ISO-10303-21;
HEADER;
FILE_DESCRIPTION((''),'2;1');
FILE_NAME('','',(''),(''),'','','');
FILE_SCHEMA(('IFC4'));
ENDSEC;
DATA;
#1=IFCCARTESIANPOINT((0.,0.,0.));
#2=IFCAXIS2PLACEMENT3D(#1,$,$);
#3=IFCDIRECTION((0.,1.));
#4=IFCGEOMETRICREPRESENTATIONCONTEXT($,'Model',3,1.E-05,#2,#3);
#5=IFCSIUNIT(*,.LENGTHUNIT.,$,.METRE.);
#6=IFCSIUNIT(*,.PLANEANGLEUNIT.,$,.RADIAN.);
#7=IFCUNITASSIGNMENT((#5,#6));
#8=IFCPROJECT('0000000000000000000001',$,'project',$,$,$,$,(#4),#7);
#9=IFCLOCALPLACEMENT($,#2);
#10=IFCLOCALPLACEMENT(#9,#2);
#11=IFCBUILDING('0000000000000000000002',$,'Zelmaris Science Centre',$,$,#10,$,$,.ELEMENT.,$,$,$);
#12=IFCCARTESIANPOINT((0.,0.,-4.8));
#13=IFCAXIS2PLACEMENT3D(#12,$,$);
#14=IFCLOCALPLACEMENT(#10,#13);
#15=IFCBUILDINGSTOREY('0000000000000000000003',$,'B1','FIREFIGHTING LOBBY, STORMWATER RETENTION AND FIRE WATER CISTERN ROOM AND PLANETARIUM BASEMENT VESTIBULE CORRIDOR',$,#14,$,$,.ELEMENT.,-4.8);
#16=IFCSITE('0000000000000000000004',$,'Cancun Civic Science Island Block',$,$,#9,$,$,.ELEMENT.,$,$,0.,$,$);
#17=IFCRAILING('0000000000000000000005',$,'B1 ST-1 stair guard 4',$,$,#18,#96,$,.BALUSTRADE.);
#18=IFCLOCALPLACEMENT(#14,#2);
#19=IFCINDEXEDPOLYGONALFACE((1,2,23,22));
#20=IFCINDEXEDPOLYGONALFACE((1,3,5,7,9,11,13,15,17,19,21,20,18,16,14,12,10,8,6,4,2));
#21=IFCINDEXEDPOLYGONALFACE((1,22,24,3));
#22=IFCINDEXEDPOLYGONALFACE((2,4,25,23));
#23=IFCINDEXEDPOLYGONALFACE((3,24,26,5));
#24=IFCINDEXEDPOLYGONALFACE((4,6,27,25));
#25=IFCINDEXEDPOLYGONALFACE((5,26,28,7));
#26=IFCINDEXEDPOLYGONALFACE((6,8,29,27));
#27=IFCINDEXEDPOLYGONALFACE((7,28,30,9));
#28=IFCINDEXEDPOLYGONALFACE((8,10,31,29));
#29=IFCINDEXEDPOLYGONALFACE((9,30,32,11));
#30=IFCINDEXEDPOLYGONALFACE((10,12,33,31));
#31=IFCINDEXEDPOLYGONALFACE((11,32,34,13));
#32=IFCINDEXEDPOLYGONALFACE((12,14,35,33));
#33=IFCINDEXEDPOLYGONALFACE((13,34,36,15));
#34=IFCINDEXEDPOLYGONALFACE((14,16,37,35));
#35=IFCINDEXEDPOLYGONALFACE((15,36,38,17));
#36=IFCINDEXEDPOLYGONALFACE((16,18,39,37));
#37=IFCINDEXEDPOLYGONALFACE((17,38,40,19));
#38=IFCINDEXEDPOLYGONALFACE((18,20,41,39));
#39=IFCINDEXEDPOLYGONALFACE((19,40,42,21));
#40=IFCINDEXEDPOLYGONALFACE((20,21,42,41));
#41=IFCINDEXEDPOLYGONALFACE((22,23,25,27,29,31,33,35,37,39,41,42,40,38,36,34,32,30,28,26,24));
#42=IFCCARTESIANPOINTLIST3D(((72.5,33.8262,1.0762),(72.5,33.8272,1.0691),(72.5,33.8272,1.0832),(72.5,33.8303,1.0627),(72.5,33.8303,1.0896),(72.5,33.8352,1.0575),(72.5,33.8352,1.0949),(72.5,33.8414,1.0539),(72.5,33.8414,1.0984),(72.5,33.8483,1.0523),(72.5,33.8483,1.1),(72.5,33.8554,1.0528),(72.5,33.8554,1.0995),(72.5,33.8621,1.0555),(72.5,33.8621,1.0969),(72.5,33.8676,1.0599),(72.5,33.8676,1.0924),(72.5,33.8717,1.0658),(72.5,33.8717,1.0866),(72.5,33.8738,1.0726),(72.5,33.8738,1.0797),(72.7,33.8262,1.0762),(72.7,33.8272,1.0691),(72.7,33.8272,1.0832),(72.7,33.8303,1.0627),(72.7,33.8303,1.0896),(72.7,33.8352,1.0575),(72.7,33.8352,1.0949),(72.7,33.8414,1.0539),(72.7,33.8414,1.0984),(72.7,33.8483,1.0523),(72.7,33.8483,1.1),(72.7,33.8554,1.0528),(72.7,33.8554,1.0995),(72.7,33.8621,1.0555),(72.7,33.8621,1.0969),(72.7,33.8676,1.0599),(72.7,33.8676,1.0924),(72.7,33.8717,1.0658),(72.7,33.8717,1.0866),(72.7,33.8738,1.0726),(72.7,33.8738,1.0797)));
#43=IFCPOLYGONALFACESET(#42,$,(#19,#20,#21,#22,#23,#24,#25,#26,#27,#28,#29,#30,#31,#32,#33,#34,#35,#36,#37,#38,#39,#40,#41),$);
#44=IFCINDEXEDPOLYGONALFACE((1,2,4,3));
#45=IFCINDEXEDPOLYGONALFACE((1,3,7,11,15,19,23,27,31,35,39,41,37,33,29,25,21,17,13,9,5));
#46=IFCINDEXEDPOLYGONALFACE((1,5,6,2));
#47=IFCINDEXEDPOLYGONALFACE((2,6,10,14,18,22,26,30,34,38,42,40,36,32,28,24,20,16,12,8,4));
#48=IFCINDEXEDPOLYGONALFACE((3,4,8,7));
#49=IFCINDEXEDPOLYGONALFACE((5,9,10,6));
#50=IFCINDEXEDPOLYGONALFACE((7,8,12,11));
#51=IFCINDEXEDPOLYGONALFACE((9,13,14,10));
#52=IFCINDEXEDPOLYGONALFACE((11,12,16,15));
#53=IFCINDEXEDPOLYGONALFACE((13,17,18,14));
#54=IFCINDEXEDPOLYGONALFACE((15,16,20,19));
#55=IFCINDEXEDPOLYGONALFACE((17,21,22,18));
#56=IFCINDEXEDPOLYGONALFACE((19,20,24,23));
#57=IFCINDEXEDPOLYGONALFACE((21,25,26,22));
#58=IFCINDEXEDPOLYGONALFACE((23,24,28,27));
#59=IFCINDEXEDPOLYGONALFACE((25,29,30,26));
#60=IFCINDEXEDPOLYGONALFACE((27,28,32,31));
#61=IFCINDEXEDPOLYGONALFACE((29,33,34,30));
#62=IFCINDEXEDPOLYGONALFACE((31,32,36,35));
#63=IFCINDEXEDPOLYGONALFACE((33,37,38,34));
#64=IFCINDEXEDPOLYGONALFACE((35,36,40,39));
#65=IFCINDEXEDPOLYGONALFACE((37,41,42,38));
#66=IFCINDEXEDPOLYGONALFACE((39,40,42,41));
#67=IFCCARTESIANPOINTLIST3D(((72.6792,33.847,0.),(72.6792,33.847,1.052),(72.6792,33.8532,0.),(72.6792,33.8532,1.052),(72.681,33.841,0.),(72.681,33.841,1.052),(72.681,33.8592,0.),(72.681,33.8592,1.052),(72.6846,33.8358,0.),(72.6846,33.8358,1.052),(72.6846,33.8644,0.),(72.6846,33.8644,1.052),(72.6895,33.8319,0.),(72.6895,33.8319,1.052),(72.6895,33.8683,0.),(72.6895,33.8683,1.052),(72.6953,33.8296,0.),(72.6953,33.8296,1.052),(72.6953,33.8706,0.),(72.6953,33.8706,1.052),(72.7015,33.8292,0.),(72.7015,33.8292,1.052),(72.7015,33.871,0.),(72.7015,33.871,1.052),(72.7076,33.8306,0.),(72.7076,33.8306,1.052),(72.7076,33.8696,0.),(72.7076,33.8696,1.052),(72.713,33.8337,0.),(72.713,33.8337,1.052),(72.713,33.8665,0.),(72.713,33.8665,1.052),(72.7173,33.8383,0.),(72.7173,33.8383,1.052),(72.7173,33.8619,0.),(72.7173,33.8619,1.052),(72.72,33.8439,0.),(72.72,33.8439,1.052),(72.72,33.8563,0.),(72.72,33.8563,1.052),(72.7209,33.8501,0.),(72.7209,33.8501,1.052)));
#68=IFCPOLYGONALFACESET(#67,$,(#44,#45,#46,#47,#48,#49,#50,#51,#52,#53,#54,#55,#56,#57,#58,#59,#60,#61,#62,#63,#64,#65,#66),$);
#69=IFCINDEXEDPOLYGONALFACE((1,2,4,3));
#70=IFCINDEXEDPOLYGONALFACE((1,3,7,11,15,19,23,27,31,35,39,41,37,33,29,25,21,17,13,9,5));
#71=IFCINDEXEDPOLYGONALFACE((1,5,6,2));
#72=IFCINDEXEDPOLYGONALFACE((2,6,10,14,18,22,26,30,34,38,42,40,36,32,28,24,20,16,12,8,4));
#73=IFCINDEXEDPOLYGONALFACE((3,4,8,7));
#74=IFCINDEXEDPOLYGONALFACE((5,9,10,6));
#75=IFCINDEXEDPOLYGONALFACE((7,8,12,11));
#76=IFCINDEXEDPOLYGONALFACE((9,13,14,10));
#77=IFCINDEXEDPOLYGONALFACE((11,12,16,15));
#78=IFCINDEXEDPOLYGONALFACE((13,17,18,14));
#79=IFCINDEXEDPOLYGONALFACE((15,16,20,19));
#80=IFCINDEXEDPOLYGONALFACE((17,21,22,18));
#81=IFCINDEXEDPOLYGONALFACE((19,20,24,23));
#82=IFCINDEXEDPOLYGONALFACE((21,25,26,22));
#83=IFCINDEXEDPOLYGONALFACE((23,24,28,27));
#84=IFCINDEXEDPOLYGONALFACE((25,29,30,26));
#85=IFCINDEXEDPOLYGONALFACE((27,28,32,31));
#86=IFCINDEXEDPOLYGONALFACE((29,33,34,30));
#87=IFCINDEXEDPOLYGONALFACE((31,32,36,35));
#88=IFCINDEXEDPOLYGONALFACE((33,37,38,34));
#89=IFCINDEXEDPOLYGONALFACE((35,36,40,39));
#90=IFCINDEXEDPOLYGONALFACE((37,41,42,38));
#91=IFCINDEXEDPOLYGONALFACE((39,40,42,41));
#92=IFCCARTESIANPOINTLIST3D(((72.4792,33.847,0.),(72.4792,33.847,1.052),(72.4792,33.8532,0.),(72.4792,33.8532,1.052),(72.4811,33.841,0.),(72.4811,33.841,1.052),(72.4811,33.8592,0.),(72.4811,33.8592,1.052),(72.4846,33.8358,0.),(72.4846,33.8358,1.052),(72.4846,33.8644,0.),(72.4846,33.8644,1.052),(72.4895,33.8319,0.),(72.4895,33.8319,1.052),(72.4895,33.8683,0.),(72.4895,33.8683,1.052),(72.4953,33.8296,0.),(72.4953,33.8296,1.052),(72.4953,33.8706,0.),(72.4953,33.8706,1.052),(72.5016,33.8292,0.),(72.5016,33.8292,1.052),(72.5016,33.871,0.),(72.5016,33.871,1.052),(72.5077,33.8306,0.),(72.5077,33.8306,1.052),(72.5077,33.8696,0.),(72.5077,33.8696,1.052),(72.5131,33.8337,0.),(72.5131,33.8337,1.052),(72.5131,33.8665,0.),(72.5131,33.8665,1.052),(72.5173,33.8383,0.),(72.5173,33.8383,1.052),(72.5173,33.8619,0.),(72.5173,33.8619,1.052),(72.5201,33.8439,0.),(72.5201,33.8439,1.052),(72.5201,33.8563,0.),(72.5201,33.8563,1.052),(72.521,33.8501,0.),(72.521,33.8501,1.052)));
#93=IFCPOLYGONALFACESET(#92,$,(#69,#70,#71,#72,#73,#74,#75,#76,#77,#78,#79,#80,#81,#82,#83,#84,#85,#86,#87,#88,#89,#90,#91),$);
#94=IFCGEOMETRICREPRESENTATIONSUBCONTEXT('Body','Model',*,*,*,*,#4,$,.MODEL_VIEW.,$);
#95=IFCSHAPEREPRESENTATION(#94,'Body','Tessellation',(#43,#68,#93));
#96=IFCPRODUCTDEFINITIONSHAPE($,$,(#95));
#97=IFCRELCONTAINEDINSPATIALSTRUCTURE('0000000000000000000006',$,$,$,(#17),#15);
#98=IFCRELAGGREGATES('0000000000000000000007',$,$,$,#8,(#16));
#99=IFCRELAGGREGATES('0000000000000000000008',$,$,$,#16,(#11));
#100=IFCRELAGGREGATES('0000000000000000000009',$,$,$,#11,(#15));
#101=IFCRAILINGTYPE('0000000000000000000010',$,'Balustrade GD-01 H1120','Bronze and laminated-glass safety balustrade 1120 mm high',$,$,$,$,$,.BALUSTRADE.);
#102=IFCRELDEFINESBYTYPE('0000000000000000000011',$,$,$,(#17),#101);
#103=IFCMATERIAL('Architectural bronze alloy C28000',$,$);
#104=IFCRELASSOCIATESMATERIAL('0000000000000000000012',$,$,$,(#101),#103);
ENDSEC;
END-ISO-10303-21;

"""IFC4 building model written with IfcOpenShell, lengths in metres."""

from ifc_helpers import new_model, si_unit, direction, frame, origin, origin_2d, place, context, subcontext, project, spatial, circle, extrude, material, type_object, element, save


model = new_model("IFC4")

# Units and contexts
model_context = context("Model", 3, precision=1e-05, world=origin(), true_north=direction((0.0, 1.0)))
body_context = subcontext(model_context, "Body", "Model", "MODEL_VIEW")
ifc_project = project(units=[si_unit("LENGTHUNIT", "METRE"), si_unit("PLANEANGLEUNIT", "RADIAN")], contexts=[model_context])

# Site, building, storey
site_placement = place(None, origin())
site = spatial("IfcSite", under=ifc_project, at=site_placement, Name="Cancun Civic Science Island Block", CompositionType="ELEMENT", RefElevation=0.0)
building_placement = place(site_placement, origin())
building = spatial("IfcBuilding", under=site, at=building_placement, Name="Zelmaris Science Centre", CompositionType="ELEMENT")
storey_placement = place(building_placement, frame((0.0, 0.0, -4.8)))
storey = spatial("IfcBuildingStorey", under=building, at=storey_placement, Name="B1", Description="FIREFIGHTING LOBBY, STORMWATER RETENTION AND FIRE WATER CISTERN ROOM AND PLANETARIUM BASEMENT VESTIBULE CORRIDOR", CompositionType="ELEMENT", Elevation=-4.8)

# Railing
ifc_material_1 = material(Name="Architectural bronze alloy C28000")
railing_type_1 = type_object("IfcRailingType", Name="Balustrade GD-01 H1120", Description="Bronze and laminated-glass safety balustrade 1120 mm high", PredefinedType="BALUSTRADE", material=ifc_material_1)
railing_1_placement = place(storey_placement, frame((72.7, 33.8501, 0.0)))
element("IfcRailing", 1, at=railing_1_placement, inside=storey, type_object=railing_type_1, Name="B1 ST-1 stair guard 4", PredefinedType="BALUSTRADE", context=body_context, shape_type="SweptSolid", body=[
    extrude(circle(Radius=0.0239, at=origin_2d()), frame((0.0, 0.0, 1.0762), z_axis=(-1.0, 0.0, 0.0), x_axis=(0.0, -1.0, 0.0)), (0.0, 0.0, 1.0), 0.2),
    extrude(circle(Radius=0.021, at=origin_2d()), origin(), (0.0, 0.0, 1.0), 1.052),
    extrude(circle(Radius=0.021, at=origin_2d()), frame((-0.2, 0.0, 0.0)), (0.0, 0.0, 1.0), 1.052),
])

save(model, "model.ifc")
